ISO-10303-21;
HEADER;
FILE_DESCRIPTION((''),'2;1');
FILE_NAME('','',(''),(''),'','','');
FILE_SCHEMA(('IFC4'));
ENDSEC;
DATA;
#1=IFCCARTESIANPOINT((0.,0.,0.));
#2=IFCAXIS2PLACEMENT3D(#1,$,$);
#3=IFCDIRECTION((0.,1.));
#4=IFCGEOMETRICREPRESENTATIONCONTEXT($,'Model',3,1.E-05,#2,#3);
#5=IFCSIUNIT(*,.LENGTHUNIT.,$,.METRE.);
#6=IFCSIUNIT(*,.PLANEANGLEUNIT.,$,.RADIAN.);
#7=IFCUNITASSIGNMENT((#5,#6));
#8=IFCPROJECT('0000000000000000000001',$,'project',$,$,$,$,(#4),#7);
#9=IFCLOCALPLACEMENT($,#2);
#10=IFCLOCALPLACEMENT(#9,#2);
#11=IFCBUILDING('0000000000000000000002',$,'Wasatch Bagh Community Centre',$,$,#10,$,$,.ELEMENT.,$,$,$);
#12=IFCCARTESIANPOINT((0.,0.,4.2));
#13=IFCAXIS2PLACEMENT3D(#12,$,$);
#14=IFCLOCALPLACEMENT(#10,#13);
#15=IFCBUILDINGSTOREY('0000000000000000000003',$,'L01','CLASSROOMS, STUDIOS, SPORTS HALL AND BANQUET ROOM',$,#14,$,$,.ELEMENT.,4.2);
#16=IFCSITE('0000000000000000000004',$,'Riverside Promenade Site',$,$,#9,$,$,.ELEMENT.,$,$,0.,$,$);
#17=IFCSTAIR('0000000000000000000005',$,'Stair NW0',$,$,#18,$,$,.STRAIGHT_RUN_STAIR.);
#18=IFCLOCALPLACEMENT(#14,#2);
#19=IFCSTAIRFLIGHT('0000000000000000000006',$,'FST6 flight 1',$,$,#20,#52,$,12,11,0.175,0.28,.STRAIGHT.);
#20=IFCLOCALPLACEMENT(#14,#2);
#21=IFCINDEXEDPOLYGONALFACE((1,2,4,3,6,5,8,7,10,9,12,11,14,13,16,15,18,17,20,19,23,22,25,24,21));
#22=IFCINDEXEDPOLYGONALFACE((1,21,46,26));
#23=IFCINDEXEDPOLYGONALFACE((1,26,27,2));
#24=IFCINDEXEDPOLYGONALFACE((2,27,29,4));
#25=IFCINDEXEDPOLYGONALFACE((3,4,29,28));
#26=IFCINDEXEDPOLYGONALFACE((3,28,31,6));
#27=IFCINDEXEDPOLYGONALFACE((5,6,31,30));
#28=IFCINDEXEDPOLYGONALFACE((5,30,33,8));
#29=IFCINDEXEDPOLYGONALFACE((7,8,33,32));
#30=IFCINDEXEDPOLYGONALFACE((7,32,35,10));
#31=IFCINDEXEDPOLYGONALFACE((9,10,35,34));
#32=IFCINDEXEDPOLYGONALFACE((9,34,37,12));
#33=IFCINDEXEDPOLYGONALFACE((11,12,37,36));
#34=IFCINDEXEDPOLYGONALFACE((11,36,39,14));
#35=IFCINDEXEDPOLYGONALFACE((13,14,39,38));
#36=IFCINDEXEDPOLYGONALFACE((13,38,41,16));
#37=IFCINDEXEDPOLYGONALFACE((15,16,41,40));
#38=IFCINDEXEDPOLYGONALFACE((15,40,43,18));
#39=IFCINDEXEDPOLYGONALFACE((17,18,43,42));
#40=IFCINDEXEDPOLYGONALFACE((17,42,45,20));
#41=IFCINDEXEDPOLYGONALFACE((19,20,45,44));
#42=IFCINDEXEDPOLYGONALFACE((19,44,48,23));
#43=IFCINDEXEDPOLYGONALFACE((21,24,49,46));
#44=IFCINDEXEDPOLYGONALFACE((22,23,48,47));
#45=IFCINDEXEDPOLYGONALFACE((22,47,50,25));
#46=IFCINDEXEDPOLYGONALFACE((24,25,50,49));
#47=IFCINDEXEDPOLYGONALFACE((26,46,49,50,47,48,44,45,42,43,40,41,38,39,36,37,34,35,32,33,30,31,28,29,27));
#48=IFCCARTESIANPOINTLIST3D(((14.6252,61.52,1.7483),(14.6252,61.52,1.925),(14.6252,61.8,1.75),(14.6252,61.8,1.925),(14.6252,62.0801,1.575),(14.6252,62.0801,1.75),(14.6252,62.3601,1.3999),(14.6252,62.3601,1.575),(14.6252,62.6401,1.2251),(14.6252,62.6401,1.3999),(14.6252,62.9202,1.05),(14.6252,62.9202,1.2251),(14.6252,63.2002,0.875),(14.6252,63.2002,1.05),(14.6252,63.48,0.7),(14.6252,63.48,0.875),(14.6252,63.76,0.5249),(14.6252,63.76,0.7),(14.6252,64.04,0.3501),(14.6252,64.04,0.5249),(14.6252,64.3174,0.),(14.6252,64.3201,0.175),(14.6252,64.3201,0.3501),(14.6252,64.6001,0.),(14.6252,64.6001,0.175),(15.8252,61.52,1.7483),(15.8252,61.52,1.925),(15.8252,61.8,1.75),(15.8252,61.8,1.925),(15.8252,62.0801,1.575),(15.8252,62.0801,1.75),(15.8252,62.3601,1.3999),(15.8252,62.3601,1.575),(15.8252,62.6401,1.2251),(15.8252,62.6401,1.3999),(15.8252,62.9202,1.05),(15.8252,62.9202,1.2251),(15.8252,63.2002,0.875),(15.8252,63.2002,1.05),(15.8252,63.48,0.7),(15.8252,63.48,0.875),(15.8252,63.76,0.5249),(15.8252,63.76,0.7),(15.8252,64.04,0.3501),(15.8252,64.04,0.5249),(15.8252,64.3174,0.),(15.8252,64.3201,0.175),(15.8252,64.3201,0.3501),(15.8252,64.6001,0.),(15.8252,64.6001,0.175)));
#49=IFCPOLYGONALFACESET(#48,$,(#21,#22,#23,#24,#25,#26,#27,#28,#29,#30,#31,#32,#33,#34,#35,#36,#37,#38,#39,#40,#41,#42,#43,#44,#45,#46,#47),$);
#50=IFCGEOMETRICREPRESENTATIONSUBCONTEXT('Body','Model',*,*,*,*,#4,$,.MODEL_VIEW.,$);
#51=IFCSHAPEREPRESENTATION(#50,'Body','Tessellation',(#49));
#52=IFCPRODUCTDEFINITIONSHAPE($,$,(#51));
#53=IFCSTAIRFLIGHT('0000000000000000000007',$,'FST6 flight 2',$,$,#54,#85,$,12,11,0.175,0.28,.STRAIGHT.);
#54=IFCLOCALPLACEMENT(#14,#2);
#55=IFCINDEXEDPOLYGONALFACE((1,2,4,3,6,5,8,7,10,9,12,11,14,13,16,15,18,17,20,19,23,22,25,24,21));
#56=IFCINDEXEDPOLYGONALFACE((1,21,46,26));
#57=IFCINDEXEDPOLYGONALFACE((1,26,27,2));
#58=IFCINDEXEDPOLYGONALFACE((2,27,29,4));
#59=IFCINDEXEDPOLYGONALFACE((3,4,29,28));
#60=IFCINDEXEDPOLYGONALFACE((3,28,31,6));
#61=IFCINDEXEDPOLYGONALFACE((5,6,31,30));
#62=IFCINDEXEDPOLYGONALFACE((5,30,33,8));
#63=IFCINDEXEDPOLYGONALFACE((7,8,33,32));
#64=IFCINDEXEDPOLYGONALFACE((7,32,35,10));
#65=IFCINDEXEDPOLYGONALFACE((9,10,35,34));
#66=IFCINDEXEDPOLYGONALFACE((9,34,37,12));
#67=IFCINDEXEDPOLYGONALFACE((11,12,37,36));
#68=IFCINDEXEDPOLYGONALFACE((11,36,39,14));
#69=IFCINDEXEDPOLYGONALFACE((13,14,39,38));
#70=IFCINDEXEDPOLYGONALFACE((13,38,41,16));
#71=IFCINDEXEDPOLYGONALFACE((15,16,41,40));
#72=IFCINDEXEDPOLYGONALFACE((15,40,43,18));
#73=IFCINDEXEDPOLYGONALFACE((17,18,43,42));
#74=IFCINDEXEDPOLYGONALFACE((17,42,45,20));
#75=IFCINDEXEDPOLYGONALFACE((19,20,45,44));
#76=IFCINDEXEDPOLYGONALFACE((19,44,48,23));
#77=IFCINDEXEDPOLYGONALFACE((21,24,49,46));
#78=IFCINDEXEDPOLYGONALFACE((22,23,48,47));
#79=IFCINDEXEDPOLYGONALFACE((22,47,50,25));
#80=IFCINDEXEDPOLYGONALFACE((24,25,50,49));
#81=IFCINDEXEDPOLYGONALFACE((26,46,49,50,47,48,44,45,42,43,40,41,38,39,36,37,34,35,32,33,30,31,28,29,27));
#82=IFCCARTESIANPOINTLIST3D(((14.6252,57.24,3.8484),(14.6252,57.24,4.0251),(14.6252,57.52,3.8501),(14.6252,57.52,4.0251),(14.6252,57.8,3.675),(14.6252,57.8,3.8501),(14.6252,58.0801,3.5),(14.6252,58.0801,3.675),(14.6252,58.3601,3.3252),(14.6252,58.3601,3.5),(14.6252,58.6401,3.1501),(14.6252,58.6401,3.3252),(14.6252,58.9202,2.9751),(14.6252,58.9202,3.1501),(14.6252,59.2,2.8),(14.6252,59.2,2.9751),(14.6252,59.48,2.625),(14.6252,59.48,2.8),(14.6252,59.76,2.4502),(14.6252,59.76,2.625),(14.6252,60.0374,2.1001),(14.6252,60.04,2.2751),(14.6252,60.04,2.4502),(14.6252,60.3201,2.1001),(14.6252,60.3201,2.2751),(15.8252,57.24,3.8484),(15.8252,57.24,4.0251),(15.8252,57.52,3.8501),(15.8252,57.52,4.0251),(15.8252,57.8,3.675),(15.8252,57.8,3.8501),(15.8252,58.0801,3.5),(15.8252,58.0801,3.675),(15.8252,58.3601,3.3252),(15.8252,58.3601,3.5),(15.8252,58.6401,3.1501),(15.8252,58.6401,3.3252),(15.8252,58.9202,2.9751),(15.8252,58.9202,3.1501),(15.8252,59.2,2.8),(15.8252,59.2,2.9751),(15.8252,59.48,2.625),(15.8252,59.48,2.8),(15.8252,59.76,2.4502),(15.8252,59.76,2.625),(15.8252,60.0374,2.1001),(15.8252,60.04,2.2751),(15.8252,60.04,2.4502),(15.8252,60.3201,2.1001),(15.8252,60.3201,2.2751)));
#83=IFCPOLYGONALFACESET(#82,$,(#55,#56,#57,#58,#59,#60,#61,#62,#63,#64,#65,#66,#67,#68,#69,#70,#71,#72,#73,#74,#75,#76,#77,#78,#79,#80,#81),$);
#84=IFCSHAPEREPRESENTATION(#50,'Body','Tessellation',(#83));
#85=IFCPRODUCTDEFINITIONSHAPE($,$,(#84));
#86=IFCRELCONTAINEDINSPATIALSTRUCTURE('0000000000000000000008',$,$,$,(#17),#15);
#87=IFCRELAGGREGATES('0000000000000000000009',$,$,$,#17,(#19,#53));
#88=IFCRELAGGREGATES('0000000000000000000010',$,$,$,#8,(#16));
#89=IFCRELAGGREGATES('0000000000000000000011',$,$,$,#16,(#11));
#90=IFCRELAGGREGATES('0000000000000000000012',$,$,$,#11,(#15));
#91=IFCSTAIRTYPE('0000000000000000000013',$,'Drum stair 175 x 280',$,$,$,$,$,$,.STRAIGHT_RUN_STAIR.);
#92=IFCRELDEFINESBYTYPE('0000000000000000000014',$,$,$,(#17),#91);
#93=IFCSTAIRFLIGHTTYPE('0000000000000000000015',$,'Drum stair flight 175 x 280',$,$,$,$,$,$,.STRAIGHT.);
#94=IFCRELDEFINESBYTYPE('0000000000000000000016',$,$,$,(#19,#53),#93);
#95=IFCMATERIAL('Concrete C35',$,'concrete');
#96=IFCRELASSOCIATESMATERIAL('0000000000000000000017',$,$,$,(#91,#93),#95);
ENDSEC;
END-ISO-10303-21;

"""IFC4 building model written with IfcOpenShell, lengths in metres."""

from ifc_helpers import new_model, si_unit, direction, frame, origin, place, context, subcontext, project, spatial, polyline, outline, extrude, material, type_object, element, aggregate, save


model = new_model("IFC4")

# Units and contexts
model_context = context("Model", 3, precision=1e-05, world=origin(), true_north=direction((0.0, 1.0)))
body_context = subcontext(model_context, "Body", "Model", "MODEL_VIEW")
ifc_project = project(units=[si_unit("LENGTHUNIT", "METRE"), si_unit("PLANEANGLEUNIT", "RADIAN")], contexts=[model_context])

# Site, building, storey
site_placement = place(None, origin())
site = spatial("IfcSite", under=ifc_project, at=site_placement, Name="Riverside Promenade Site", CompositionType="ELEMENT", RefElevation=0.0)
building_placement = place(site_placement, origin())
building = spatial("IfcBuilding", under=site, at=building_placement, Name="Wasatch Bagh Community Centre", CompositionType="ELEMENT")
storey_placement = place(building_placement, frame((0.0, 0.0, 4.2)))
storey = spatial("IfcBuildingStorey", under=building, at=storey_placement, Name="L01", Description="CLASSROOMS, STUDIOS, SPORTS HALL AND BANQUET ROOM", CompositionType="ELEMENT", Elevation=4.2)

# Shared definitions
ifc_material_1 = material(Name="Concrete C35", Category="concrete")

# Stair, stair flights
stair_type = type_object("IfcStairType", Name="Drum stair 175 x 280", PredefinedType="STRAIGHT_RUN_STAIR", material=ifc_material_1)
stair_placement = place(storey_placement, origin())
stair = element("IfcStair", 1, at=stair_placement, inside=storey, type_object=stair_type, Name="Stair NW0", PredefinedType="STRAIGHT_RUN_STAIR")
stair_flight_type = type_object("IfcStairFlightType", Name="Drum stair flight 175 x 280", PredefinedType="STRAIGHT", material=ifc_material_1)
stair_flight_1_placement = place(storey_placement, frame((15.2251, 64.6001, 0.0), z_axis=(0.0, 0.0, 1.0), x_axis=(0.0, -1.0, 0.0)))
stair_flight_1 = element("IfcStairFlight", 2, at=stair_flight_1_placement, type_object=stair_flight_type, Name="FST6 flight 1", NumberOfRisers=12, NumberOfTreads=11, PredefinedType="STRAIGHT", RiserHeight=0.175, TreadLength=0.28, context=body_context, shape_type="SweptSolid", body=[
    extrude(outline(polyline([(0.0, 0.0), (0.0, 0.175), (0.28, 0.175), (0.28, 0.3501), (0.5601, 0.3501), (0.5601, 0.5249), (0.8401, 0.5249), (0.8401, 0.7), (1.1201, 0.7), (1.1201, 0.875), (1.3999, 0.875), (1.3999, 1.05), (1.6799, 1.05), (1.6799, 1.2251), (1.96, 1.2251), (1.96, 1.3999), (2.24, 1.3999), (2.24, 1.575), (2.52, 1.575), (2.52, 1.75), (2.8, 1.75), (2.8, 1.925), (3.0801, 1.925), (3.0801, 2.1001), (3.0801, 1.7483), (0.2827, 0.0), (0.0, 0.0)])), frame((0.0, 0.6001, 0.0), z_axis=(0.0, -1.0, 0.0), x_axis=(1.0, 0.0, 0.0)), (0.0, 0.0, 1.0), 1.2),
])
stair_flight_2_placement = place(storey_placement, frame((15.2251, 60.3201, 2.1001), z_axis=(0.0, 0.0, 1.0), x_axis=(0.0, -1.0, 0.0)))
stair_flight_2 = element("IfcStairFlight", 3, at=stair_flight_2_placement, type_object=stair_flight_type, Name="FST6 flight 2", NumberOfRisers=12, NumberOfTreads=11, PredefinedType="STRAIGHT", RiserHeight=0.175, TreadLength=0.28, context=body_context, shape_type="SweptSolid", body=[
    extrude(outline(polyline([(0.0, 0.0), (0.0, 0.175), (0.28, 0.175), (0.28, 0.3501), (0.5601, 0.3501), (0.5601, 0.5249), (0.8401, 0.5249), (0.8401, 0.7), (1.1201, 0.7), (1.1201, 0.875), (1.3999, 0.875), (1.3999, 1.05), (1.6799, 1.05), (1.6799, 1.2251), (1.96, 1.2251), (1.96, 1.3999), (2.24, 1.3999), (2.24, 1.575), (2.52, 1.575), (2.52, 1.75), (2.8, 1.75), (2.8, 1.925), (3.0801, 1.925), (3.0801, 2.1001), (3.0801, 1.7483), (0.2827, 0.0), (0.0, 0.0)])), frame((0.0, 0.6001, 0.0), z_axis=(0.0, -1.0, 0.0), x_axis=(1.0, 0.0, 0.0)), (0.0, 0.0, 1.0), 1.2),
])
aggregate(stair, [stair_flight_1, stair_flight_2])

save(model, "model.ifc")
